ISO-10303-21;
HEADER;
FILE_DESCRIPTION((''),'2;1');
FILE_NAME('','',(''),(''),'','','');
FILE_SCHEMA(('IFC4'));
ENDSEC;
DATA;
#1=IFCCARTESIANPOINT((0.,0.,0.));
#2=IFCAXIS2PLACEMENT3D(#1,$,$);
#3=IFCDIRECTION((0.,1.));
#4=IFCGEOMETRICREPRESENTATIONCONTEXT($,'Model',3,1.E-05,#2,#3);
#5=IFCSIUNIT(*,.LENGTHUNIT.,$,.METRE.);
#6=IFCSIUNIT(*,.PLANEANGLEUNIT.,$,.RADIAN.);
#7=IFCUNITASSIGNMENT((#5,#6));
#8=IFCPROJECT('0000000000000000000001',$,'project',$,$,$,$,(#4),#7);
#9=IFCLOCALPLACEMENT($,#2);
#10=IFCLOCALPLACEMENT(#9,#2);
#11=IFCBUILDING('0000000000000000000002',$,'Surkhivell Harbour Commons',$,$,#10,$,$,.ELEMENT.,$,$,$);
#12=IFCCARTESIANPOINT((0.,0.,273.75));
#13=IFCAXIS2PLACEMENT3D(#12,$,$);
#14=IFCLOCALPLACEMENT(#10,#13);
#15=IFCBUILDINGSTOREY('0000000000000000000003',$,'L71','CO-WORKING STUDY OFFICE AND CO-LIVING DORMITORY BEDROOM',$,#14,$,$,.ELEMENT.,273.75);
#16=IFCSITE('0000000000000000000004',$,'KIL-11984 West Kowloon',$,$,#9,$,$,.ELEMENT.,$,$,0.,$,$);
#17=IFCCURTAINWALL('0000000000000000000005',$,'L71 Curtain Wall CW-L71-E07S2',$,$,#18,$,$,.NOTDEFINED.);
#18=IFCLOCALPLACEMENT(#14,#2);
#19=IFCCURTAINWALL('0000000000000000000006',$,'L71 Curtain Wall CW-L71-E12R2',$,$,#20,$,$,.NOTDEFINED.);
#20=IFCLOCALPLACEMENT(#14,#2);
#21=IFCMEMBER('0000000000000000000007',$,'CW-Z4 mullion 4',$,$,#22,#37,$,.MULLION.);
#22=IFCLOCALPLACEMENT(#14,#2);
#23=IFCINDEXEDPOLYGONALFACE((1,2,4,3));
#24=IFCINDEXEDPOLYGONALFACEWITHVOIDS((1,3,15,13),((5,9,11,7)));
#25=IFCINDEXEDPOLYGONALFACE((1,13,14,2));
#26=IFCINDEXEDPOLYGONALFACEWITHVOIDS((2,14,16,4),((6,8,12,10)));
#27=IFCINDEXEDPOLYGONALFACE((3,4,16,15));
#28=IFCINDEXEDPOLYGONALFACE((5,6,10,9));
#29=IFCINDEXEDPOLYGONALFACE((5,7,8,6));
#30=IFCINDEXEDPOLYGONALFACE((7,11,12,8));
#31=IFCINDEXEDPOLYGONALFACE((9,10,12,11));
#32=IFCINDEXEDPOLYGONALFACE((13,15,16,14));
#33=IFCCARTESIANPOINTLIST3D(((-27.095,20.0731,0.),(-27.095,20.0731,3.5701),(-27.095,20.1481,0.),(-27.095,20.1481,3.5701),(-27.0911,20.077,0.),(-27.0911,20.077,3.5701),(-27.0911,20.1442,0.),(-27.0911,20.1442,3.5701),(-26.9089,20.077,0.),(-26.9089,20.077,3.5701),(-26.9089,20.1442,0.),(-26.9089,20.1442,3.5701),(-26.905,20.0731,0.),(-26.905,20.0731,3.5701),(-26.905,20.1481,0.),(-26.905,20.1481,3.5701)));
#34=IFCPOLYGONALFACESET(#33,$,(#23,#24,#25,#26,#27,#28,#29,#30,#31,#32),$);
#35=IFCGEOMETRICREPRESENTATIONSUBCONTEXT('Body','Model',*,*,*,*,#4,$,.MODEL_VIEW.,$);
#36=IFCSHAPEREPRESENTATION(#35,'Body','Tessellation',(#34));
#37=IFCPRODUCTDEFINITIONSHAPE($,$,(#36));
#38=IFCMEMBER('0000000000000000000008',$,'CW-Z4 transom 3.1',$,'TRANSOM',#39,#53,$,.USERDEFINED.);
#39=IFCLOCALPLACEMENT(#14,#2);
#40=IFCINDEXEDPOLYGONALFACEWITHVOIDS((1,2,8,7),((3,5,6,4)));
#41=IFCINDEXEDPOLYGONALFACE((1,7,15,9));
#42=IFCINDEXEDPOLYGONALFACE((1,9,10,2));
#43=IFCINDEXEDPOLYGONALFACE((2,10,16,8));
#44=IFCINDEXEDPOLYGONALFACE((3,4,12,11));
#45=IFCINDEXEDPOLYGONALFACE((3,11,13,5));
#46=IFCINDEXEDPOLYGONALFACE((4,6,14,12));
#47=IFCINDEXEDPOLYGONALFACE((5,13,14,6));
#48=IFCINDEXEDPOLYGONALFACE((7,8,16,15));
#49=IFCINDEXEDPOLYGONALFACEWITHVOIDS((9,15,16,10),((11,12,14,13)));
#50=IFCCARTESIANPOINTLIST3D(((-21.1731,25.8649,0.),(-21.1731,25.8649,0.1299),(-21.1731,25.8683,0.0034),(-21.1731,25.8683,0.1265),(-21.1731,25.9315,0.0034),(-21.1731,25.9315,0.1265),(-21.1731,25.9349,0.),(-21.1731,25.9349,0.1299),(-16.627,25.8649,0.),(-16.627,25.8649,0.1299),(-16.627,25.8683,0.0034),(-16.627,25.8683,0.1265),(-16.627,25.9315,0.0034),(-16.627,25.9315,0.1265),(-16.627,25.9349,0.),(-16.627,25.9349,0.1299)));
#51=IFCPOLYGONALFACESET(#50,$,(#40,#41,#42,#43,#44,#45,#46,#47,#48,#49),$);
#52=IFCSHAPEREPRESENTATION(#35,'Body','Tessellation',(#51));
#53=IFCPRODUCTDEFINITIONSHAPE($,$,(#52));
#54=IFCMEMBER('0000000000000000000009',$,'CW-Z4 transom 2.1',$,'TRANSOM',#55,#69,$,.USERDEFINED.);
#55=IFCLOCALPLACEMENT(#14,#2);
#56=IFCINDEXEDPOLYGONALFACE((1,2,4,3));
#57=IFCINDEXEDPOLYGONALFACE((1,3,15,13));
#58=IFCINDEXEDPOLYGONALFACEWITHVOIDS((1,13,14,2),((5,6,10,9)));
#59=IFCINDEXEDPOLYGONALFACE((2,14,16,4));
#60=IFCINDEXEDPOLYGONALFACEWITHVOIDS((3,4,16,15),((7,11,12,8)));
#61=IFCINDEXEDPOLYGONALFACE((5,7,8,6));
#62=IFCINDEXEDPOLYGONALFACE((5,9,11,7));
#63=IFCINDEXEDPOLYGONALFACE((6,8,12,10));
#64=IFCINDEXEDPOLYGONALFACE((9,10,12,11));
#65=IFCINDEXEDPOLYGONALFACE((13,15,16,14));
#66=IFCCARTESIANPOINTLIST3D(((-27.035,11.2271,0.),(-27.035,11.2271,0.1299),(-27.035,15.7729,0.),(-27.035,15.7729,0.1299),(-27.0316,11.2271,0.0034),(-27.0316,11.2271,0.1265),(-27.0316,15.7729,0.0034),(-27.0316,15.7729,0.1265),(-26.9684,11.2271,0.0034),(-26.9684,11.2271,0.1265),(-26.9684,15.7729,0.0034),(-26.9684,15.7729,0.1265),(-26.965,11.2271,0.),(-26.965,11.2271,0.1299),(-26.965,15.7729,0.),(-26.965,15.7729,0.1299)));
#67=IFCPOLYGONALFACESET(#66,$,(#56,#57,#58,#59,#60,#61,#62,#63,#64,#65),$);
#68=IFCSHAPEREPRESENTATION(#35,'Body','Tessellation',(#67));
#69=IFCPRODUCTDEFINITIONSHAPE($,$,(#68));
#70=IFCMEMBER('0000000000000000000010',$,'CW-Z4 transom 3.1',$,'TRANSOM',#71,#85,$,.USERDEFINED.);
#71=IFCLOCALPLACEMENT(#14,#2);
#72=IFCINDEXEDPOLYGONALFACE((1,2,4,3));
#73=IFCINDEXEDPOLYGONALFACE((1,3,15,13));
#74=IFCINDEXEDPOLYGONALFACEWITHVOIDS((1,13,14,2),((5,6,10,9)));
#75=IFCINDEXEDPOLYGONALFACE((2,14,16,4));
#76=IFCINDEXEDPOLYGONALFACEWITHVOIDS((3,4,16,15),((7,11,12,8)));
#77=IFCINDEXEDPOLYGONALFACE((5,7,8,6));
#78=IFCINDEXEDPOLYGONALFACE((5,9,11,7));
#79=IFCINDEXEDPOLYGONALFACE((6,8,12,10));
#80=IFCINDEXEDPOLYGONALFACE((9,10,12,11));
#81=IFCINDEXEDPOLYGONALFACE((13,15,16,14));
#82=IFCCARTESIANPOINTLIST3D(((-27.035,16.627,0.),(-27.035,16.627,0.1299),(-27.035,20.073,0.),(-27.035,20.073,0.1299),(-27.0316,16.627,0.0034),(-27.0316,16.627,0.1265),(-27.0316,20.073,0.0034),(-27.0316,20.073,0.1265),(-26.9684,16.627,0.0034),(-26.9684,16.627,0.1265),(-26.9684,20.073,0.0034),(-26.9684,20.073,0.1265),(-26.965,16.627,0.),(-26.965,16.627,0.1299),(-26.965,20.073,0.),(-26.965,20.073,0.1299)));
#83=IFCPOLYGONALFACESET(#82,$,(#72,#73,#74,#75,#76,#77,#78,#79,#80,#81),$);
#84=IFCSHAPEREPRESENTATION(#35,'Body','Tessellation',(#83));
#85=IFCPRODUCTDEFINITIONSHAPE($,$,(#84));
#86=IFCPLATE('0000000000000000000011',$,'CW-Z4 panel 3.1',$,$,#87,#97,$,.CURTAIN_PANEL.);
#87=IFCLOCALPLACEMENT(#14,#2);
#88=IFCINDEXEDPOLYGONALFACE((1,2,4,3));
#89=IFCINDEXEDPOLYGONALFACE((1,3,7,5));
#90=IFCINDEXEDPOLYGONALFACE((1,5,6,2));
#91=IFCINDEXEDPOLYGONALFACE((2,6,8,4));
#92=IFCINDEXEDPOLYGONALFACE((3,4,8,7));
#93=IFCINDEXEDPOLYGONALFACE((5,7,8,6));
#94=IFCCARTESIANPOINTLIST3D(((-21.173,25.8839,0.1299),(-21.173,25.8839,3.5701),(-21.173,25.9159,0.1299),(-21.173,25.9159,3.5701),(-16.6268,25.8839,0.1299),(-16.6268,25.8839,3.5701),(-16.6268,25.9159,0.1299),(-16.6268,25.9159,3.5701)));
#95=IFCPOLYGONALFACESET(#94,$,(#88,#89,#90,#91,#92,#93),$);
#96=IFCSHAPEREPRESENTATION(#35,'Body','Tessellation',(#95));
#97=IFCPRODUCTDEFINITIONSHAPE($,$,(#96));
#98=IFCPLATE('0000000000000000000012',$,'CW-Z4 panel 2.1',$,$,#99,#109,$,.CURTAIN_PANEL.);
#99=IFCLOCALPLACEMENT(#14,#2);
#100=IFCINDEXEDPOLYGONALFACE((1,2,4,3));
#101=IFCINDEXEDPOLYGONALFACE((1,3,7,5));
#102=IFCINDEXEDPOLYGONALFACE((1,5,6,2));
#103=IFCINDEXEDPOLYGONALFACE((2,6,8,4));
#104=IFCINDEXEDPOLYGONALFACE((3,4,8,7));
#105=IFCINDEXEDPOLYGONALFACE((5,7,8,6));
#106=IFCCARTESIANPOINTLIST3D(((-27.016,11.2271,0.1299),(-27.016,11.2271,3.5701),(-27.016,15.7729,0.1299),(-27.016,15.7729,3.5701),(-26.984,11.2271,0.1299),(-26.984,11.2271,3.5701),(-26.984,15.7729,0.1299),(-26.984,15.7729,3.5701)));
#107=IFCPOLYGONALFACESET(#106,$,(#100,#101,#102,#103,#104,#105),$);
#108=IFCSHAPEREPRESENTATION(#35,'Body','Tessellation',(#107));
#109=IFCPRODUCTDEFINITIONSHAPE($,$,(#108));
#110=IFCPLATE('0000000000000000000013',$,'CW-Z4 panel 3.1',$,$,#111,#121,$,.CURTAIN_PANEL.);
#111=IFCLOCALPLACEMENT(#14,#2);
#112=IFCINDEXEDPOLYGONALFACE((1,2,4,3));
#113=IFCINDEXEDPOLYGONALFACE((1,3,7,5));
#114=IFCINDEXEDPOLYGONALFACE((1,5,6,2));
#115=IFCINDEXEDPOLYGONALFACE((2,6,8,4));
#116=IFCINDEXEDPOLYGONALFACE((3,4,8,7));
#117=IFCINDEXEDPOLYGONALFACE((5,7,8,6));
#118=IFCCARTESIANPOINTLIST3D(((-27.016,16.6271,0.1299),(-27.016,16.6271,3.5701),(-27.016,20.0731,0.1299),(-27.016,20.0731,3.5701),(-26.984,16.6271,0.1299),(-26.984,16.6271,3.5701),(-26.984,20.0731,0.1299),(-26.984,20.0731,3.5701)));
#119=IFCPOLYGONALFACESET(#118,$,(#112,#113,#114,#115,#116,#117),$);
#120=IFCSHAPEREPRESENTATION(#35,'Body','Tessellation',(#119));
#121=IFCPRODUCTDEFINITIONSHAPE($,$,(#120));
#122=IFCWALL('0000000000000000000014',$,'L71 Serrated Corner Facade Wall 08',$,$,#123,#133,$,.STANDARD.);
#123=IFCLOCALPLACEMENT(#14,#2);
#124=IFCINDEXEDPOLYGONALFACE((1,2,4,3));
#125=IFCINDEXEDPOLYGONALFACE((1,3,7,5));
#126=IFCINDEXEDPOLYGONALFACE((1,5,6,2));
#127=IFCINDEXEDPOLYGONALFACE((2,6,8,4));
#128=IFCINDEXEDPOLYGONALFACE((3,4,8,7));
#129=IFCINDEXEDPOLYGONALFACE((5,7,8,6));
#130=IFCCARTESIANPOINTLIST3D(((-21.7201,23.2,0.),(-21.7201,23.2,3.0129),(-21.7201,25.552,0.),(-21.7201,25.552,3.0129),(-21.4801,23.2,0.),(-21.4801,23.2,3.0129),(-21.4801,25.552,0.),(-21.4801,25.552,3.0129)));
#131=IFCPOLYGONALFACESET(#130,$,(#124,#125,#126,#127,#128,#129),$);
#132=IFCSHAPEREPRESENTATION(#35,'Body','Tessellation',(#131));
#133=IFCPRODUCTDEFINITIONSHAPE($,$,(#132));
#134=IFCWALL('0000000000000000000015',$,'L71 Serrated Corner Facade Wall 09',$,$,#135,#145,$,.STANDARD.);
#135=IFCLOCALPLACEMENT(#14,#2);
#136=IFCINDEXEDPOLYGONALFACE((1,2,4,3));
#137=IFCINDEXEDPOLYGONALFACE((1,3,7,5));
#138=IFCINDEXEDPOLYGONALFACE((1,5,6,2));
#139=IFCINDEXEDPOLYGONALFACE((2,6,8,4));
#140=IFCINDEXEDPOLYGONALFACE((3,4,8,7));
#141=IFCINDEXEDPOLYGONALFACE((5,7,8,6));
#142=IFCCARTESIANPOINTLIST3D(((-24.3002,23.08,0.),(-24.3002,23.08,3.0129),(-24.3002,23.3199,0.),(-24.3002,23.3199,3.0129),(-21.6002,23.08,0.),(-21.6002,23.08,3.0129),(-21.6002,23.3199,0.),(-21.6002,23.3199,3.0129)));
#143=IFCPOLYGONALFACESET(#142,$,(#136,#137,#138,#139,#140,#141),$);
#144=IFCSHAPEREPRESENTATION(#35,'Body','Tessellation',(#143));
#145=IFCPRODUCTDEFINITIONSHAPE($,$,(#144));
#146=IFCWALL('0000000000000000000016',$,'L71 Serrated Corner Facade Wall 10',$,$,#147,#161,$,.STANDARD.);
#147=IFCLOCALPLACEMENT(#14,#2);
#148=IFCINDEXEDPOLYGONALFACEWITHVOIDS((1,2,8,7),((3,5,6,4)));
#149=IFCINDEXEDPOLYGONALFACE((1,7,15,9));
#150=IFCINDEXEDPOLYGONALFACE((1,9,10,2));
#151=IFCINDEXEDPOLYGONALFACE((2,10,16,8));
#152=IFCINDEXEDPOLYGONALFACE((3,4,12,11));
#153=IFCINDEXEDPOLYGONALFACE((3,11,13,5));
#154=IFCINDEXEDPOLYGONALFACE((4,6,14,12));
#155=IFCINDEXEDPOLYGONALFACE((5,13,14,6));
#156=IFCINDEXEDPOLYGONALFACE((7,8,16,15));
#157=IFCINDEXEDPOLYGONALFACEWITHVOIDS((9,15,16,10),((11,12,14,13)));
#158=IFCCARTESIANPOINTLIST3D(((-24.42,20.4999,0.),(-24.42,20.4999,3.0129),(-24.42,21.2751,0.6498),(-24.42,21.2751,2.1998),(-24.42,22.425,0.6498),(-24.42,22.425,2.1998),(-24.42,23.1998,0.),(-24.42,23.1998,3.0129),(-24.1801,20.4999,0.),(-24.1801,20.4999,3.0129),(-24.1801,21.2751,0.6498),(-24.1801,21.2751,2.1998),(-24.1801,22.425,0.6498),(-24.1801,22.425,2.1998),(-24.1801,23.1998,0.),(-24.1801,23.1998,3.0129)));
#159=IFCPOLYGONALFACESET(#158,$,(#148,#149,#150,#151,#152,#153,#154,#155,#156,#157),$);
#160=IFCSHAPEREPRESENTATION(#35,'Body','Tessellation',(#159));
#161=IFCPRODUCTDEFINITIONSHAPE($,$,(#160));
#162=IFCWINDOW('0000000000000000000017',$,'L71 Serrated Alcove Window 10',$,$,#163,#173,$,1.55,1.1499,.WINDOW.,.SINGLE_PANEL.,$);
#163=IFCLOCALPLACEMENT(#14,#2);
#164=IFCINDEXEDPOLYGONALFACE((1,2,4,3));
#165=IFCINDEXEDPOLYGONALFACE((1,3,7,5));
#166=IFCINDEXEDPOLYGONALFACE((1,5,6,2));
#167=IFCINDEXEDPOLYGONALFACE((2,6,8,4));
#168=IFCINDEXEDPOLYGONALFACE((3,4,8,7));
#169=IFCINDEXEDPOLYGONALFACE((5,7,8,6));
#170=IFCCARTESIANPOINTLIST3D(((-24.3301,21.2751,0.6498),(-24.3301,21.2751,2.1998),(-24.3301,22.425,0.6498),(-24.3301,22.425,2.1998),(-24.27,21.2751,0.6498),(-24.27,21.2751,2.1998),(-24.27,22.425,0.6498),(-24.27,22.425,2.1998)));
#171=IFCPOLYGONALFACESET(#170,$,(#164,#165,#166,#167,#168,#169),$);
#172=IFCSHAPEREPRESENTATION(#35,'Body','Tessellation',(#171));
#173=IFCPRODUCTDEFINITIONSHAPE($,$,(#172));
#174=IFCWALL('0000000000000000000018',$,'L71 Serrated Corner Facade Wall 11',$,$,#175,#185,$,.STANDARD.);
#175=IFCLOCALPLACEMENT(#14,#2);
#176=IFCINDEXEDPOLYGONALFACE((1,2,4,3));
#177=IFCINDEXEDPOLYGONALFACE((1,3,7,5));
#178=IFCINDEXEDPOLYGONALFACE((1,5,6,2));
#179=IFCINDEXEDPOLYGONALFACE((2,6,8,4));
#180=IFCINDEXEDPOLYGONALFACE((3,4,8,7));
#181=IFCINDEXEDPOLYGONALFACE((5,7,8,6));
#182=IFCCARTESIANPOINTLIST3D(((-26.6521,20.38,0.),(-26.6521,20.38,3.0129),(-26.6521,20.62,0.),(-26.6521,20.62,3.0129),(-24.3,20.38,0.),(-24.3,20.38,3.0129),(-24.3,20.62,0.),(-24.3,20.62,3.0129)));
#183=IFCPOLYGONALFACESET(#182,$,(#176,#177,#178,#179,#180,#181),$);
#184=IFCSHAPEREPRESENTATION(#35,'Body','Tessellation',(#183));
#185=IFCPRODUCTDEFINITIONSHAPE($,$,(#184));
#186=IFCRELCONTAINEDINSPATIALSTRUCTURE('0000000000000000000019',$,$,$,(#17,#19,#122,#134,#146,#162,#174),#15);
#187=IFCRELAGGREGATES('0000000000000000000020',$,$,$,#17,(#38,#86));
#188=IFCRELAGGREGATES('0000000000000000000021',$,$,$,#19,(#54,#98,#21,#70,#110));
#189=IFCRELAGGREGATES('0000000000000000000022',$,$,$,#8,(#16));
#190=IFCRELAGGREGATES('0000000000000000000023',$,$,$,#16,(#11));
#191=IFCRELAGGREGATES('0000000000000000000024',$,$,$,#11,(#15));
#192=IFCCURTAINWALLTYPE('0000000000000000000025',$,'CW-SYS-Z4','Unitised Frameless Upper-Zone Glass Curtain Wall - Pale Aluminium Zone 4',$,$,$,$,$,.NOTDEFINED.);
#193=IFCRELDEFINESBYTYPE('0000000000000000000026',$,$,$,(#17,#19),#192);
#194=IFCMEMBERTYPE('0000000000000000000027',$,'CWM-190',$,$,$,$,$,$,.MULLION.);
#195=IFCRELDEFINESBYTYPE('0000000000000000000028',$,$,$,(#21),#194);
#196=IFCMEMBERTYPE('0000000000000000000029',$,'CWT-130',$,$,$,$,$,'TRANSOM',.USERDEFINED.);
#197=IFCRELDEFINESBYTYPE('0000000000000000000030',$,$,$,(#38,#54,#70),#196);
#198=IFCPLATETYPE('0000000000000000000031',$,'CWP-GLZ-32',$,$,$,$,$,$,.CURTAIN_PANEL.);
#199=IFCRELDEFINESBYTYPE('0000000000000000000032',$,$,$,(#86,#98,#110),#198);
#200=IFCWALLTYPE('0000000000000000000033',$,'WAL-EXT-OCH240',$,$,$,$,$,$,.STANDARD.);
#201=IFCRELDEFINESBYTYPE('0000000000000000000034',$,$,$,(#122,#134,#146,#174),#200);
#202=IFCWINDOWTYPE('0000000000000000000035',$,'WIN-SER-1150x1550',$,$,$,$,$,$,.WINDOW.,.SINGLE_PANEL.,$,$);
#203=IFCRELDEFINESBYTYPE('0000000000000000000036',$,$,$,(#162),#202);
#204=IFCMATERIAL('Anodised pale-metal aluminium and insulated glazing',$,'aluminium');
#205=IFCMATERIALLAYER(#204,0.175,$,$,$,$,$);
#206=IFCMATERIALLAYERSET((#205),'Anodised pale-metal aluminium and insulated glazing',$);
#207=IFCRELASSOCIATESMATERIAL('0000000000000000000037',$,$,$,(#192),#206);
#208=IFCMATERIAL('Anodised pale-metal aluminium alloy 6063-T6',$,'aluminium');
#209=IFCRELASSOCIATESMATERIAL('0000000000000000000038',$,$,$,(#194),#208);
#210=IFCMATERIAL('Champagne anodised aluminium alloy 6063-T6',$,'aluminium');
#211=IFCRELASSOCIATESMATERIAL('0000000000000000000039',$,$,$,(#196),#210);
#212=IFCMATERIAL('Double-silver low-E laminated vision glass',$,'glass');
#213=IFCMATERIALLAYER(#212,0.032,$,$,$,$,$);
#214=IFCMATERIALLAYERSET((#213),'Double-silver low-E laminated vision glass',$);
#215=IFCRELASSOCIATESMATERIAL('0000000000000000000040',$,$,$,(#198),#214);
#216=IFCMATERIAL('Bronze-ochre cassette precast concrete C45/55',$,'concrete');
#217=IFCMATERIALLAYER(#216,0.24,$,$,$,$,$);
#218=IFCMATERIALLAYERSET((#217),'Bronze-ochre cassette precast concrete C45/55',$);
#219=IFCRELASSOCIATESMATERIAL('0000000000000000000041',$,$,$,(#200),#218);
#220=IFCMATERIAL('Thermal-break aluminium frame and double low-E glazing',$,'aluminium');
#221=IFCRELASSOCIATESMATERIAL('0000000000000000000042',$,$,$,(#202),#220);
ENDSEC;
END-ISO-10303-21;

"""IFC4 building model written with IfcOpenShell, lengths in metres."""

from ifc_helpers import new_model, si_unit, direction, frame, frame_2d, origin, origin_2d, place, context, subcontext, project, spatial, rectangle, hollow_rectangle, extrude, material, layer, layer_set, material_profile, profile_set, type_object, element, fill, aggregate, save


model = new_model("IFC4")

# Units and contexts
model_context = context("Model", 3, precision=1e-05, world=origin(), true_north=direction((0.0, 1.0)))
body_context = subcontext(model_context, "Body", "Model", "MODEL_VIEW")
ifc_project = project(units=[si_unit("LENGTHUNIT", "METRE"), si_unit("PLANEANGLEUNIT", "RADIAN")], contexts=[model_context])

# Site, building, storey
site_placement = place(None, origin())
site = spatial("IfcSite", under=ifc_project, at=site_placement, Name="KIL-11984 West Kowloon", CompositionType="ELEMENT", RefElevation=0.0)
building_placement = place(site_placement, origin())
building = spatial("IfcBuilding", under=site, at=building_placement, Name="Surkhivell Harbour Commons", CompositionType="ELEMENT")
storey_placement = place(building_placement, frame((0.0, 0.0, 273.75)))
storey = spatial("IfcBuildingStorey", under=building, at=storey_placement, Name="L71", Description="CO-WORKING STUDY OFFICE AND CO-LIVING DORMITORY BEDROOM", CompositionType="ELEMENT", Elevation=273.75)

# Curtain walls, member
ifc_material_1 = material(Name="Anodised pale-metal aluminium and insulated glazing", Category="aluminium")
ifc_layer_1 = layer(ifc_material_1, 0.175)
ifc_layer_set_1 = layer_set([ifc_layer_1], Name="Anodised pale-metal aluminium and insulated glazing")
curtain_wall_type = type_object("IfcCurtainWallType", Name="CW-SYS-Z4", Description="Unitised Frameless Upper-Zone Glass Curtain Wall - Pale Aluminium Zone 4", PredefinedType="NOTDEFINED", material=ifc_layer_set_1)
curtain_wall_1_placement = place(storey_placement, origin())
curtain_wall_1 = element("IfcCurtainWall", 1, at=curtain_wall_1_placement, inside=storey, type_object=curtain_wall_type, Name="L71 Curtain Wall CW-L71-E07S2", PredefinedType="NOTDEFINED")
ifc_material_2 = material(Name="Anodised pale-metal aluminium alloy 6063-T6", Category="aluminium")
ifc_material_profile_1 = material_profile(ifc_material_2, hollow_rectangle(XDim=0.075, YDim=0.1899, WallThickness=0.0039, at=origin_2d()), Name="ALU-MULL-75x190")
ifc_profile_set_1 = profile_set([ifc_material_profile_1], Name="Anodised pale-metal aluminium alloy 6063-T6")
member_type_1 = type_object("IfcMemberType", Name="CWM-190", PredefinedType="MULLION", material=ifc_profile_set_1)
curtain_wall_2_placement = place(storey_placement, origin())
curtain_wall_2 = element("IfcCurtainWall", 2, at=curtain_wall_2_placement, inside=storey, type_object=curtain_wall_type, Name="L71 Curtain Wall CW-L71-E12R2", PredefinedType="NOTDEFINED")
member_1_placement = place(storey_placement, frame((-27.0, 20.1106, 0.0), z_axis=(0.0, 0.0, 1.0), x_axis=(0.0, 1.0, 0.0)))
member_1 = element("IfcMember", 3, at=member_1_placement, type_object=member_type_1, Name="CW-Z4 mullion 4", PredefinedType="MULLION", context=body_context, shape_type="SweptSolid", body=[
    extrude(hollow_rectangle(XDim=0.075, YDim=0.1899, WallThickness=0.0039, at=origin_2d()), origin(), (0.0, 0.0, 1.0), 3.5701),
])

# Members
ifc_material_3 = material(Name="Champagne anodised aluminium alloy 6063-T6", Category="aluminium")
ifc_material_profile_2 = material_profile(ifc_material_3, hollow_rectangle(XDim=0.0701, YDim=0.1299, WallThickness=0.0034, at=origin_2d()), Name="ALU-TRAN-70x130")
ifc_profile_set_2 = profile_set([ifc_material_profile_2], Name="Champagne anodised aluminium alloy 6063-T6")
member_type_2 = type_object("IfcMemberType", Name="CWT-130", ElementType="TRANSOM", PredefinedType="USERDEFINED", material=ifc_profile_set_2)
member_2_placement = place(storey_placement, frame((-16.627, 25.8999, 0.0649), z_axis=(-1.0, 0.0, 0.0), x_axis=(0.0, -1.0, 0.0)))
member_2 = element("IfcMember", 4, at=member_2_placement, type_object=member_type_2, Name="CW-Z4 transom 3.1", ObjectType="TRANSOM", PredefinedType="USERDEFINED", context=body_context, shape_type="SweptSolid", body=[
    extrude(hollow_rectangle(XDim=0.0701, YDim=0.1299, WallThickness=0.0034, at=origin_2d()), origin(), (0.0, 0.0, 1.0), 4.5461),
])
member_3_placement = place(storey_placement, frame((-27.0, 11.2271, 0.0649), z_axis=(0.0, 1.0, 0.0), x_axis=(-1.0, 0.0, 0.0)))
member_3 = element("IfcMember", 5, at=member_3_placement, type_object=member_type_2, Name="CW-Z4 transom 2.1", ObjectType="TRANSOM", PredefinedType="USERDEFINED", context=body_context, shape_type="SweptSolid", body=[
    extrude(hollow_rectangle(XDim=0.0701, YDim=0.1299, WallThickness=0.0034, at=origin_2d()), origin(), (0.0, 0.0, 1.0), 4.5459),
])
member_4_placement = place(storey_placement, frame((-27.0, 16.627, 0.0649), z_axis=(0.0, 1.0, 0.0), x_axis=(-1.0, 0.0, 0.0)))
member_4 = element("IfcMember", 6, at=member_4_placement, type_object=member_type_2, Name="CW-Z4 transom 3.1", ObjectType="TRANSOM", PredefinedType="USERDEFINED", context=body_context, shape_type="SweptSolid", body=[
    extrude(hollow_rectangle(XDim=0.0701, YDim=0.1299, WallThickness=0.0034, at=origin_2d()), origin(), (0.0, 0.0, 1.0), 3.446),
])

# Plates
ifc_material_4 = material(Name="Double-silver low-E laminated vision glass", Category="glass")
ifc_layer_2 = layer(ifc_material_4, 0.032)
ifc_layer_set_2 = layer_set([ifc_layer_2], Name="Double-silver low-E laminated vision glass")
plate_type = type_object("IfcPlateType", Name="CWP-GLZ-32", PredefinedType="CURTAIN_PANEL", material=ifc_layer_set_2)
plate_1_placement = place(storey_placement, frame((-16.627, 25.8999, 0.1299), z_axis=(0.0, 0.0, 1.0), x_axis=(-1.0, 0.0, 0.0)))
plate_1 = element("IfcPlate", 7, at=plate_1_placement, type_object=plate_type, Name="CW-Z4 panel 3.1", PredefinedType="CURTAIN_PANEL", context=body_context, shape_type="SweptSolid", body=[
    extrude(rectangle(XDim=4.5461, YDim=0.032, at=frame_2d((2.2729, 0.0))), origin(), (0.0, 0.0, 1.0), 3.4402),
])
aggregate(curtain_wall_1, [member_2, plate_1])
plate_2_placement = place(storey_placement, frame((-27.0, 11.2271, 0.1299), z_axis=(0.0, 0.0, 1.0), x_axis=(0.0, 1.0, 0.0)))
plate_2 = element("IfcPlate", 8, at=plate_2_placement, type_object=plate_type, Name="CW-Z4 panel 2.1", PredefinedType="CURTAIN_PANEL", context=body_context, shape_type="SweptSolid", body=[
    extrude(rectangle(XDim=4.5459, YDim=0.032, at=frame_2d((2.2729, 0.0))), origin(), (0.0, 0.0, 1.0), 3.4402),
])
plate_3_placement = place(storey_placement, frame((-27.0, 16.627, 0.1299), z_axis=(0.0, 0.0, 1.0), x_axis=(0.0, 1.0, 0.0)))
plate_3 = element("IfcPlate", 9, at=plate_3_placement, type_object=plate_type, Name="CW-Z4 panel 3.1", PredefinedType="CURTAIN_PANEL", context=body_context, shape_type="SweptSolid", body=[
    extrude(rectangle(XDim=3.446, YDim=0.032, at=frame_2d((1.7231, 0.0))), origin(), (0.0, 0.0, 1.0), 3.4402),
])
aggregate(curtain_wall_2, [member_3, plate_2, member_1, member_4, plate_3])

# Walls
ifc_material_5 = material(Name="Bronze-ochre cassette precast concrete C45/55", Category="concrete")
ifc_layer_3 = layer(ifc_material_5, 0.24)
ifc_layer_set_3 = layer_set([ifc_layer_3], Name="Bronze-ochre cassette precast concrete C45/55")
wall_type = type_object("IfcWallType", Name="WAL-EXT-OCH240", PredefinedType="STANDARD", material=ifc_layer_set_3)
wall_1_placement = place(storey_placement, frame((-21.6001, 25.552, 0.0), z_axis=(0.0, 0.0, 1.0), x_axis=(0.0, -1.0, 0.0)))
element("IfcWall", 10, at=wall_1_placement, inside=storey, type_object=wall_type, Name="L71 Serrated Corner Facade Wall 08", PredefinedType="STANDARD", context=body_context, shape_type="SweptSolid", body=[
    extrude(rectangle(XDim=2.3521, YDim=0.24, at=frame_2d((1.176, 0.0))), origin(), (0.0, 0.0, 1.0), 3.0129),
])
wall_2_placement = place(storey_placement, frame((-21.6001, 23.2, 0.0), z_axis=(0.0, 0.0, 1.0), x_axis=(-1.0, 0.0, 0.0)))
element("IfcWall", 11, at=wall_2_placement, inside=storey, type_object=wall_type, Name="L71 Serrated Corner Facade Wall 09", PredefinedType="STANDARD", context=body_context, shape_type="SweptSolid", body=[
    extrude(rectangle(XDim=2.7, YDim=0.24, at=frame_2d((1.3501, 0.0))), origin(), (0.0, 0.0, 1.0), 3.0129),
])

# Wall, opening, window
wall_3_placement = place(storey_placement, frame((-24.3, 23.2, 0.0), z_axis=(0.0, 0.0, 1.0), x_axis=(0.0, -1.0, 0.0)))
wall_3 = element("IfcWall", 12, at=wall_3_placement, inside=storey, type_object=wall_type, Name="L71 Serrated Corner Facade Wall 10", PredefinedType="STANDARD", context=body_context, shape_type="SweptSolid", body=[
    extrude(rectangle(XDim=2.7, YDim=0.24, at=frame_2d((1.3501, 0.0))), origin(), (0.0, 0.0, 1.0), 3.0129),
])
opening_placement = place(wall_3_placement, frame((0.7749, 0.0, 0.6499)))
opening = element("IfcOpeningElement", 13, at=opening_placement, cuts=wall_3, PredefinedType="OPENING", context=body_context, shape_type="SweptSolid", body=[
    extrude(rectangle(XDim=1.1499, YDim=1.55, at=frame_2d((0.575, 0.7749))), frame((0.0, 0.1299, 0.0), z_axis=(0.0, -1.0, 0.0), x_axis=(1.0, 0.0, 0.0)), (0.0, 0.0, 1.0), 0.26),
])
ifc_material_6 = material(Name="Thermal-break aluminium frame and double low-E glazing", Category="aluminium")
window_type = type_object("IfcWindowType", Name="WIN-SER-1150x1550", PartitioningType="SINGLE_PANEL", PredefinedType="WINDOW", material=ifc_material_6)
window_placement = place(opening_placement, origin())
window = element("IfcWindow", 14, at=window_placement, inside=storey, type_object=window_type, Name="L71 Serrated Alcove Window 10", OverallHeight=1.55, OverallWidth=1.1499, PartitioningType="SINGLE_PANEL", PredefinedType="WINDOW", context=body_context, shape_type="SweptSolid", body=[
    extrude(rectangle(XDim=1.1499, YDim=1.55, at=frame_2d((0.575, 0.7749))), frame((0.0, 0.03, 0.0), z_axis=(0.0, -1.0, 0.0), x_axis=(1.0, 0.0, 0.0)), (0.0, 0.0, 1.0), 0.0601),
])
fill(opening, window)

# Wall
wall_4_placement = place(storey_placement, frame((-24.3, 20.5, 0.0), z_axis=(0.0, 0.0, 1.0), x_axis=(-1.0, 0.0, 0.0)))
element("IfcWall", 15, at=wall_4_placement, inside=storey, type_object=wall_type, Name="L71 Serrated Corner Facade Wall 11", PredefinedType="STANDARD", context=body_context, shape_type="SweptSolid", body=[
    extrude(rectangle(XDim=2.3521, YDim=0.24, at=frame_2d((1.176, 0.0))), origin(), (0.0, 0.0, 1.0), 3.0129),
])

save(model, "model.ifc")
